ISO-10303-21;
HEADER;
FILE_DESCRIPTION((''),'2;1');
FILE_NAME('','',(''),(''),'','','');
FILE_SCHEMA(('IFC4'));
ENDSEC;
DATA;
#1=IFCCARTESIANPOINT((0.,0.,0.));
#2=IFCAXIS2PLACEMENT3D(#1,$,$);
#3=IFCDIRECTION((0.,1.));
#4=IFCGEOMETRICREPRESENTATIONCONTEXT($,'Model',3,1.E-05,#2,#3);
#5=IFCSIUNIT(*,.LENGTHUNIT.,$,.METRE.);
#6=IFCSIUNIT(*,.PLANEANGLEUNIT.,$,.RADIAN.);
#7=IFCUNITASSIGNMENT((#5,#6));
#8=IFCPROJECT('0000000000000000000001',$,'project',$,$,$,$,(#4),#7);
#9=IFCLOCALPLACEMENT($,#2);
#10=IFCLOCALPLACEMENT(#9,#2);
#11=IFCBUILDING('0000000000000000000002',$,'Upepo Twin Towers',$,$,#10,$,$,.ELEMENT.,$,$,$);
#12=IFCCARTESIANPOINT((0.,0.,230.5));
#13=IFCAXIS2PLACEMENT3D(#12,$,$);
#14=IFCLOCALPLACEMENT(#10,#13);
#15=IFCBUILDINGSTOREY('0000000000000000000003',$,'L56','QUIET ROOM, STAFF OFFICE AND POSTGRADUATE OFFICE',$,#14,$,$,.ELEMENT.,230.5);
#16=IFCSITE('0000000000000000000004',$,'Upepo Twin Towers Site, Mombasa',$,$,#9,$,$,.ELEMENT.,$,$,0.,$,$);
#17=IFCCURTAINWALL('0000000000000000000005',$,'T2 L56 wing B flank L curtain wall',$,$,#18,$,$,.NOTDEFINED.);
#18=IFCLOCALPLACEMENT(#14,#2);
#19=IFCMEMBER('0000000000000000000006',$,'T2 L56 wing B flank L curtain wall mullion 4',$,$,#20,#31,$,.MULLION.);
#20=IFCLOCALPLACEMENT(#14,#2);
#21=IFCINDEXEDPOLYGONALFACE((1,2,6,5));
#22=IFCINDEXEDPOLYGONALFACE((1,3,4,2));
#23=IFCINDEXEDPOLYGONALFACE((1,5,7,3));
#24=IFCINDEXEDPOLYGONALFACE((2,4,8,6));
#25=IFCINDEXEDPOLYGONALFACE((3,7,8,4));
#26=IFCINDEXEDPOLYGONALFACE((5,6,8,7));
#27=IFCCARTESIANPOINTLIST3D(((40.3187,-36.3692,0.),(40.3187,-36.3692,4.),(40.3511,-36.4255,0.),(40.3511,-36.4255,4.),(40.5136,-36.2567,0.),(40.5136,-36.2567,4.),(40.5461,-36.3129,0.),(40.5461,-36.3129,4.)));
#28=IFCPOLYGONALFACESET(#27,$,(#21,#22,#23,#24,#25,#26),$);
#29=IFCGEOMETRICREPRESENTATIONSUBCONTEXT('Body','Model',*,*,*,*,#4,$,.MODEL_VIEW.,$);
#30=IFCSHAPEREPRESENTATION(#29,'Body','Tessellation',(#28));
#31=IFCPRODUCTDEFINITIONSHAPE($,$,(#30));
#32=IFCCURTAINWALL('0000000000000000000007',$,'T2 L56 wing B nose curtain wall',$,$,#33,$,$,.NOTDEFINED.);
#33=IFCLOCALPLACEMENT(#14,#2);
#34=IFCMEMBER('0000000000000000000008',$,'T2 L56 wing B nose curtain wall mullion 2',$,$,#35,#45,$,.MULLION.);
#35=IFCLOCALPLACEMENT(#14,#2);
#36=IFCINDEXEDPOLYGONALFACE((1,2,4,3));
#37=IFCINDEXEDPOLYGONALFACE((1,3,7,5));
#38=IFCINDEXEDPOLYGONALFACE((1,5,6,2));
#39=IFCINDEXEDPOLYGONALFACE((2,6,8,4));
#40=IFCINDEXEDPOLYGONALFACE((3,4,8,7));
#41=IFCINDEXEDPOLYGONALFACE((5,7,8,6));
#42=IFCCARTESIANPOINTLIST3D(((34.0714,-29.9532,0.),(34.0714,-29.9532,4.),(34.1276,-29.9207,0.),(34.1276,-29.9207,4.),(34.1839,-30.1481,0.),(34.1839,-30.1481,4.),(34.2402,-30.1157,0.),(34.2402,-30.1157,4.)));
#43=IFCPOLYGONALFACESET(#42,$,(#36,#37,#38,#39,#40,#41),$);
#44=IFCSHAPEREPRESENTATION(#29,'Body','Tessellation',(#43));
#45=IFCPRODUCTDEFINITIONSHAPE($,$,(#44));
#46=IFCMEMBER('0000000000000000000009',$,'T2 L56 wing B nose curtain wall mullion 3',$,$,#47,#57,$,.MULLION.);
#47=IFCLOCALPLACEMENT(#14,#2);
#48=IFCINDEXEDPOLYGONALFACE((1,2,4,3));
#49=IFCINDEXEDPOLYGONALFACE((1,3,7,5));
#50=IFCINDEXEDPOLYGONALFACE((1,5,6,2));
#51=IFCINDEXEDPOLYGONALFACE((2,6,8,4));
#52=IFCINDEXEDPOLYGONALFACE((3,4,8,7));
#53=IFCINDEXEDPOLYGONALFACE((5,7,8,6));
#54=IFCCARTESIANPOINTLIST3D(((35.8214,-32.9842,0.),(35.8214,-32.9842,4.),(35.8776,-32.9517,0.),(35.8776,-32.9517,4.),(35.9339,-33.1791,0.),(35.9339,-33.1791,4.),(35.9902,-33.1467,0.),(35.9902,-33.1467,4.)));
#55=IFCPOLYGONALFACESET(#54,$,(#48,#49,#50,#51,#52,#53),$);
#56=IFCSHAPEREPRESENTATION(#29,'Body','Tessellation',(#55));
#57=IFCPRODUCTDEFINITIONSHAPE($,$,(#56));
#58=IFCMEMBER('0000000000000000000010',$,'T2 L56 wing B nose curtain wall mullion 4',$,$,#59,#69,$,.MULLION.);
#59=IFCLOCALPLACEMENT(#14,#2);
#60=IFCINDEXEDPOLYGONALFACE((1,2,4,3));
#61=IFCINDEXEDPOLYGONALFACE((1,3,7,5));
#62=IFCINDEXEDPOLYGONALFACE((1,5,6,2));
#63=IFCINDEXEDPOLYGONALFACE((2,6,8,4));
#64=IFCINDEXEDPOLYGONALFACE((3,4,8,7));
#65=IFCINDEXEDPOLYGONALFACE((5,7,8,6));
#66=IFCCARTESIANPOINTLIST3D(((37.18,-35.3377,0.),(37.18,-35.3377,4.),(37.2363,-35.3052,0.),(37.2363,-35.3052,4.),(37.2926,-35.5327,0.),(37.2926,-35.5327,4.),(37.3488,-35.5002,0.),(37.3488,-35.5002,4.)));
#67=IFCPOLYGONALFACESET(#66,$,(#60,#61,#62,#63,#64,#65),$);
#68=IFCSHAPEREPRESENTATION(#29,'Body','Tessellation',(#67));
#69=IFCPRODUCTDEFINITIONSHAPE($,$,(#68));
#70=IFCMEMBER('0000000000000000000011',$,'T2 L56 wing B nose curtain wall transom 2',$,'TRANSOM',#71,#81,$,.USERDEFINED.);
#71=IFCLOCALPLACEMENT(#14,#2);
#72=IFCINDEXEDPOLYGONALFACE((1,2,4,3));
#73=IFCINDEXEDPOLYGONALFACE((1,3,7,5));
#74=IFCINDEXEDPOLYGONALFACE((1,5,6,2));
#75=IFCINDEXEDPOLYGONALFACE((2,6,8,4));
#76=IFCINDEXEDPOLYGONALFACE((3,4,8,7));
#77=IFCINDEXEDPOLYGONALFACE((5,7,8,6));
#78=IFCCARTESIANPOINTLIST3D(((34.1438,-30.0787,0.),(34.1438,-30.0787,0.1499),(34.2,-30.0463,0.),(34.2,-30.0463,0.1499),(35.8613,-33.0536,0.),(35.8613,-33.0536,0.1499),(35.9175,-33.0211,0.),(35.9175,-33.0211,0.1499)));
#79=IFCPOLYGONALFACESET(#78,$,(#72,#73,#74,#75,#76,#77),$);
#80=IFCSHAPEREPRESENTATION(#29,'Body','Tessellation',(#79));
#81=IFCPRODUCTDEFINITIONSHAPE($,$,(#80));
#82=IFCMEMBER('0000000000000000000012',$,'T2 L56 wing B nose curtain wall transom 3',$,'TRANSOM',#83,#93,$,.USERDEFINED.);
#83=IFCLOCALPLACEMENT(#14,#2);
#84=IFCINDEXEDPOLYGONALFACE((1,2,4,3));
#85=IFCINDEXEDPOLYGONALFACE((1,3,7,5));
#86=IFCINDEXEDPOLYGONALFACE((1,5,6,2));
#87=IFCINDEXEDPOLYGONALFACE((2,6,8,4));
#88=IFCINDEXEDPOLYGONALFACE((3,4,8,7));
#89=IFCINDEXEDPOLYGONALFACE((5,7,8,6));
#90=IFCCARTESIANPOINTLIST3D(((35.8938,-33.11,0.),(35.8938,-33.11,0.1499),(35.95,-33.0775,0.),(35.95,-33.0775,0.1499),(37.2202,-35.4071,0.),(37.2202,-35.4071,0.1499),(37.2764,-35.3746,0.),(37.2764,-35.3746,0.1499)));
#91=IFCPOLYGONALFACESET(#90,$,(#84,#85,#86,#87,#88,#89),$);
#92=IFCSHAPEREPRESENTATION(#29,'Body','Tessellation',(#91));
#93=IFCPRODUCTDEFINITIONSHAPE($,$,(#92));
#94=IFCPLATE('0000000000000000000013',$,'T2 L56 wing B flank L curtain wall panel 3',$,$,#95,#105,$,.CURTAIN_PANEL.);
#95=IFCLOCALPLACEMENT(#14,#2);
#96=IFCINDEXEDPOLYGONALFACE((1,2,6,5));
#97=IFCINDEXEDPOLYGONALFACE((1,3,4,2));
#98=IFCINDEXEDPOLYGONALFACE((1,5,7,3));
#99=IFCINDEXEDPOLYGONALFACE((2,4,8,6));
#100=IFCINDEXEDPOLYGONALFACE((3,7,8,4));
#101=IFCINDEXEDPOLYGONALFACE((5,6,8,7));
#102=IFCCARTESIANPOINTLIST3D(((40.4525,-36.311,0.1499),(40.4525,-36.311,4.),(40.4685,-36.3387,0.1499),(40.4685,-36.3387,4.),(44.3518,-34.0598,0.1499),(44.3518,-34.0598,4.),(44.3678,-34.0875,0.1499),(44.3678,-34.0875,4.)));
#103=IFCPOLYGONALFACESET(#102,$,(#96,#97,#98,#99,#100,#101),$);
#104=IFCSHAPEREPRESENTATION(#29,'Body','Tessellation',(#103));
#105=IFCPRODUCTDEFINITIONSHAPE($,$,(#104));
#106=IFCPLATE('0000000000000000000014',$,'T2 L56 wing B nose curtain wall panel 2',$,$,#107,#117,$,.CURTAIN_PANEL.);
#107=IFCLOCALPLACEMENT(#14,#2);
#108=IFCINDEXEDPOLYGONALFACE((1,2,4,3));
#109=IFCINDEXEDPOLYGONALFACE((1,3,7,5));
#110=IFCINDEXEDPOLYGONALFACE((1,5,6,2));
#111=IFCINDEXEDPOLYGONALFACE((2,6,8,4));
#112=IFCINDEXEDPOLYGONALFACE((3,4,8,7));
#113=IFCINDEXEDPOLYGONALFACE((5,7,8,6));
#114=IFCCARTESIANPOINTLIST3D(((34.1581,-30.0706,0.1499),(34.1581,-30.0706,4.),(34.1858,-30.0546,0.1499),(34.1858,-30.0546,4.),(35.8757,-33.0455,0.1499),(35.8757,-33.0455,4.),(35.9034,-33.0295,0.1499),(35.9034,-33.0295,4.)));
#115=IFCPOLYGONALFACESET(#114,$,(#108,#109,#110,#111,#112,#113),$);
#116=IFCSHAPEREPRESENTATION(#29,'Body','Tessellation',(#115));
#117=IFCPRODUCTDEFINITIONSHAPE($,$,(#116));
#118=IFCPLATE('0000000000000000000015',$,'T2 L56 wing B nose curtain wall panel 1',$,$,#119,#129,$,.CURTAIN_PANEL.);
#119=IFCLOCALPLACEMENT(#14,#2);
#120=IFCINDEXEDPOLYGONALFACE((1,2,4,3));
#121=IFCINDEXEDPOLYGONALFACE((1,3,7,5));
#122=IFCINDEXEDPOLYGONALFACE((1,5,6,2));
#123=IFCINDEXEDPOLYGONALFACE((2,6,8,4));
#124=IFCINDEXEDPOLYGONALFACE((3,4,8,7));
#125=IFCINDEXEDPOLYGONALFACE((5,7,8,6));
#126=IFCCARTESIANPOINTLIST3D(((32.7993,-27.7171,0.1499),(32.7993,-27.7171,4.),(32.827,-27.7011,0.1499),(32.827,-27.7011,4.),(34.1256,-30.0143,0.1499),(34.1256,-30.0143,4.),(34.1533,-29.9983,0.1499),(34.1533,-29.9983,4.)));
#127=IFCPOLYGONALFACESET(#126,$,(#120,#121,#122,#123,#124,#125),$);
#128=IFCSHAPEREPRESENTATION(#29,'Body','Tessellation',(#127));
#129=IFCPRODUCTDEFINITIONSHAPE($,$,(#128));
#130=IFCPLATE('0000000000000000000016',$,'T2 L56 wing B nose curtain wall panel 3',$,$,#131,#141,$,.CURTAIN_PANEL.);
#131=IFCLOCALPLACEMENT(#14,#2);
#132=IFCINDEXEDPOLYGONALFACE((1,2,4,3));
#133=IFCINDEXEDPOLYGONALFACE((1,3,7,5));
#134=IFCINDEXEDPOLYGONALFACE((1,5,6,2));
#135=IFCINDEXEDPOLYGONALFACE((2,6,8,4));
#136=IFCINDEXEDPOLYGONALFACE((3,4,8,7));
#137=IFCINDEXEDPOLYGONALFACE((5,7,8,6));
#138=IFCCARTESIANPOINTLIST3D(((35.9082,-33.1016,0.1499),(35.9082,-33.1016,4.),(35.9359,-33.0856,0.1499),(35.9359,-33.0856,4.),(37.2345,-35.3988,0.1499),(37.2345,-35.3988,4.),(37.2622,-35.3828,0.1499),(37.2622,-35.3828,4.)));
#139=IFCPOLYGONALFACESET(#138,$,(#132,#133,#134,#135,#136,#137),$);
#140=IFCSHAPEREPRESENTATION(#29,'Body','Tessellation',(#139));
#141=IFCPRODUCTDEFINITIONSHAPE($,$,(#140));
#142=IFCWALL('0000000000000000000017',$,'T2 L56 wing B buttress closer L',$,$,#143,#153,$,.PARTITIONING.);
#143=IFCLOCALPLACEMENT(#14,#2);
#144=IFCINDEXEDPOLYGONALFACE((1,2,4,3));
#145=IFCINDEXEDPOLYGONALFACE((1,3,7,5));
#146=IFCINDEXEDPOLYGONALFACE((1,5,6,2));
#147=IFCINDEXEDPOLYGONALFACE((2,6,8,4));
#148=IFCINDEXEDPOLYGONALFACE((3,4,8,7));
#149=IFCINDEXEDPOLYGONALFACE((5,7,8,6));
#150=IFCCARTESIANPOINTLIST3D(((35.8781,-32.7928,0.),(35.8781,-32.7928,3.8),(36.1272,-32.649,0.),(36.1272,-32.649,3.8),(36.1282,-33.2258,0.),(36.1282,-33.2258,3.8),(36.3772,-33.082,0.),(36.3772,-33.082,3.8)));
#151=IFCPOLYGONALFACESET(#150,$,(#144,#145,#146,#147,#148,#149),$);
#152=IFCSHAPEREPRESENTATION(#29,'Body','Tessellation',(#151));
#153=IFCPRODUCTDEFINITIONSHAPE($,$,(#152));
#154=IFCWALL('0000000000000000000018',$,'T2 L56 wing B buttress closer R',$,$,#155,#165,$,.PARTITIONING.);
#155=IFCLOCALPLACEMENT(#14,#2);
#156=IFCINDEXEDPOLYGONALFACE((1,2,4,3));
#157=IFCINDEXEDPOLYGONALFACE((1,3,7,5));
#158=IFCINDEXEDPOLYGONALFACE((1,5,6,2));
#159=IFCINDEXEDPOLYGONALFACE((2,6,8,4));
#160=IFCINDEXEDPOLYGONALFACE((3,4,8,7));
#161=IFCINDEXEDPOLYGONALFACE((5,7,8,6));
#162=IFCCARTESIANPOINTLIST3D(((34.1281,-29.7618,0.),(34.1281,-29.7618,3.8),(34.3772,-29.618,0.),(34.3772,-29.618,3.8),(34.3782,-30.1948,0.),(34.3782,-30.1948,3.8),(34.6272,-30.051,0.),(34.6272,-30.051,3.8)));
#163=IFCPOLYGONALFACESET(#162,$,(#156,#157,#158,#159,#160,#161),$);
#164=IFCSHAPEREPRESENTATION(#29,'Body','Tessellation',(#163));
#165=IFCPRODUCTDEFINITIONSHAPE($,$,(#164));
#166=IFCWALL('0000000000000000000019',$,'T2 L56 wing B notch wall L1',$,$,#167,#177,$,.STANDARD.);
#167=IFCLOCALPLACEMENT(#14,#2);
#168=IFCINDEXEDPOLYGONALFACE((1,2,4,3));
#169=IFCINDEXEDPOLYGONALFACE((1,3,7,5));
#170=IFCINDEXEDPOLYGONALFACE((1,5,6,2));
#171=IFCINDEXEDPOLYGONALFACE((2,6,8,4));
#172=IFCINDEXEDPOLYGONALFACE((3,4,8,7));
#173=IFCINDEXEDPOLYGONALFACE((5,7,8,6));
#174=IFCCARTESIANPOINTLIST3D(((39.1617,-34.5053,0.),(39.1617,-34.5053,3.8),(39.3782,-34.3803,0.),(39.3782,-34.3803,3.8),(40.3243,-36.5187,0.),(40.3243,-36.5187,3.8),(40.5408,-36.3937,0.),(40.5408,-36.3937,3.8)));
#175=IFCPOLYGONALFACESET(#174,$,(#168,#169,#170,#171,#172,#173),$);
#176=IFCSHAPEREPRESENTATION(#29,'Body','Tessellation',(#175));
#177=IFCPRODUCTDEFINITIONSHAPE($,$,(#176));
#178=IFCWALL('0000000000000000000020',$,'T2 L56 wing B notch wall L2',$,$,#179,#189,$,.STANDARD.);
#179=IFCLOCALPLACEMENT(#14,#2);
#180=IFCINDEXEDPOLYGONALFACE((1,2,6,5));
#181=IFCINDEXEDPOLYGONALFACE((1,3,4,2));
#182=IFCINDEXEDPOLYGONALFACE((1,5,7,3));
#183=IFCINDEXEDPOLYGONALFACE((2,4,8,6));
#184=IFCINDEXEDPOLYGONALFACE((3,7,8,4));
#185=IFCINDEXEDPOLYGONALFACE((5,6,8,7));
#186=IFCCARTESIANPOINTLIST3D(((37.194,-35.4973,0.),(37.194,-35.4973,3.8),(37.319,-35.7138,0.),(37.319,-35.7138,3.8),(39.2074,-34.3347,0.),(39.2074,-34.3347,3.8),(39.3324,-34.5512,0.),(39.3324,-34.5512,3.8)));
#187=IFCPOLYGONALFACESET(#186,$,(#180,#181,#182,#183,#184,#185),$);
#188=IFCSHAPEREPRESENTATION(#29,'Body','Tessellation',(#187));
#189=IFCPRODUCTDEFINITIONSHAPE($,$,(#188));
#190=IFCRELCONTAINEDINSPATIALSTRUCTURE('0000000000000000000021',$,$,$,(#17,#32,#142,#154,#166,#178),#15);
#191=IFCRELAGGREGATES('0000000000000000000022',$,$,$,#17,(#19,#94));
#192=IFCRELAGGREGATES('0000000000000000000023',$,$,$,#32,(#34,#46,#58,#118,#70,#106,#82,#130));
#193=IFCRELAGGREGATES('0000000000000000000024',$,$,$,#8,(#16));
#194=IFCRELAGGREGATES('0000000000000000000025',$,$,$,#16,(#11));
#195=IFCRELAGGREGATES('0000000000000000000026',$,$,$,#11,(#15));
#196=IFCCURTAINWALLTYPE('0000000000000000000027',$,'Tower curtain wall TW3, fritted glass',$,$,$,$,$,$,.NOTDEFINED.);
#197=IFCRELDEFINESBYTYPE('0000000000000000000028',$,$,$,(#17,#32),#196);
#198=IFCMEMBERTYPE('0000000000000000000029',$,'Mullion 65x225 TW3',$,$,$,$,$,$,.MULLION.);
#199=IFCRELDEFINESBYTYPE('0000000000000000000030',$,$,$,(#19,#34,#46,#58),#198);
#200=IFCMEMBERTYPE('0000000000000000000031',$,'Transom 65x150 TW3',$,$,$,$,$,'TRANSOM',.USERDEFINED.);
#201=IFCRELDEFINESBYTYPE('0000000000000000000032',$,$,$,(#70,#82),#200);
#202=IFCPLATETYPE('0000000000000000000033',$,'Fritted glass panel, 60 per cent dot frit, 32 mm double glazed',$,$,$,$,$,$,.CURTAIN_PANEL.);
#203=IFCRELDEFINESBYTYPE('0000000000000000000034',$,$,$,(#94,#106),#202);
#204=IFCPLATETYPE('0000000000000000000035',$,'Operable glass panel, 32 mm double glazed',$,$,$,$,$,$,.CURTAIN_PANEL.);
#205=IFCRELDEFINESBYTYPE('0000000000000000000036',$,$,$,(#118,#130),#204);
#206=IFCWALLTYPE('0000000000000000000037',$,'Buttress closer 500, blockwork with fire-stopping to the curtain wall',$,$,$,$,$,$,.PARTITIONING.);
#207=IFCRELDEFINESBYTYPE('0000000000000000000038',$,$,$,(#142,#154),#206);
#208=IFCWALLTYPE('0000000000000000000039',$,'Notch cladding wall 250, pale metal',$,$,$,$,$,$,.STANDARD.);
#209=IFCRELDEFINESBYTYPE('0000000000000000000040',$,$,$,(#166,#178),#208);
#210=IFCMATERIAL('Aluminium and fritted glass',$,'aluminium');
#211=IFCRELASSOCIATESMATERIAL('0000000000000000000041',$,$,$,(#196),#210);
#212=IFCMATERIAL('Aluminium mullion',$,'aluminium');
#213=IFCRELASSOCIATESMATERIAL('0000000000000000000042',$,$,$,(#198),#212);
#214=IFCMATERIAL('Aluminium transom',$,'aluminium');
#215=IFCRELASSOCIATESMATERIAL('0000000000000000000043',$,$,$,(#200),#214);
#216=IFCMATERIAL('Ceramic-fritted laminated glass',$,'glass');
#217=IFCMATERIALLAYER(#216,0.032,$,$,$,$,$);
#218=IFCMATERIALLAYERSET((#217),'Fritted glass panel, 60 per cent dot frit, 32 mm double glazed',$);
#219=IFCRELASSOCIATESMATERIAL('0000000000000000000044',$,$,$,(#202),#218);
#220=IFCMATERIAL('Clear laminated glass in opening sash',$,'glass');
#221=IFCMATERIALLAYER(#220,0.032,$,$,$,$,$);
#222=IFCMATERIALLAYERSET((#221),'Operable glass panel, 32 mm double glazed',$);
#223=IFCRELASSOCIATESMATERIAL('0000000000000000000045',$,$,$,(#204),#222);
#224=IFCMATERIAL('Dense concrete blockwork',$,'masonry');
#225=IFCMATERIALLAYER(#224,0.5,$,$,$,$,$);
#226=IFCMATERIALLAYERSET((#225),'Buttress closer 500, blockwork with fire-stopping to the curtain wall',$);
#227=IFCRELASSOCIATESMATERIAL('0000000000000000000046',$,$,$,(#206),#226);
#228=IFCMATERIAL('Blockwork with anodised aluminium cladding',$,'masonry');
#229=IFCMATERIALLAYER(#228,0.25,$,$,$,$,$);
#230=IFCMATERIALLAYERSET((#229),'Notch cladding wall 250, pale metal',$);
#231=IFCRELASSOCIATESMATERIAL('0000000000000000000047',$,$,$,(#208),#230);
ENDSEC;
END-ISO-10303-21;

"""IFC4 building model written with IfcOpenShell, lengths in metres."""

from ifc_helpers import new_model, si_unit, direction, frame, frame_2d, origin, origin_2d, place, context, subcontext, project, spatial, rectangle, extrude, material, layer, layer_set, material_profile, profile_set, type_object, element, aggregate, save


model = new_model("IFC4")

# Units and contexts
model_context = context("Model", 3, precision=1e-05, world=origin(), true_north=direction((0.0, 1.0)))
body_context = subcontext(model_context, "Body", "Model", "MODEL_VIEW")
ifc_project = project(units=[si_unit("LENGTHUNIT", "METRE"), si_unit("PLANEANGLEUNIT", "RADIAN")], contexts=[model_context])

# Site, building, storey
site_placement = place(None, origin())
site = spatial("IfcSite", under=ifc_project, at=site_placement, Name="Upepo Twin Towers Site, Mombasa", CompositionType="ELEMENT", RefElevation=0.0)
building_placement = place(site_placement, origin())
building = spatial("IfcBuilding", under=site, at=building_placement, Name="Upepo Twin Towers", CompositionType="ELEMENT")
storey_placement = place(building_placement, frame((0.0, 0.0, 230.5)))
storey = spatial("IfcBuildingStorey", under=building, at=storey_placement, Name="L56", Description="QUIET ROOM, STAFF OFFICE AND POSTGRADUATE OFFICE", CompositionType="ELEMENT", Elevation=230.5)

# Curtain wall, member
ifc_material_1 = material(Name="Aluminium and fritted glass", Category="aluminium")
curtain_wall_type = type_object("IfcCurtainWallType", Name="Tower curtain wall TW3, fritted glass", PredefinedType="NOTDEFINED", material=ifc_material_1)
curtain_wall_1_placement = place(storey_placement, origin())
curtain_wall_1 = element("IfcCurtainWall", 1, at=curtain_wall_1_placement, inside=storey, type_object=curtain_wall_type, Name="T2 L56 wing B flank L curtain wall", PredefinedType="NOTDEFINED")
ifc_material_2 = material(Name="Aluminium mullion", Category="aluminium")
ifc_material_profile_1 = material_profile(ifc_material_2, rectangle(XDim=0.0649, YDim=0.2251, at=origin_2d()), Name="MULLION 65x225")
ifc_profile_set_1 = profile_set([ifc_material_profile_1], Name="Aluminium mullion")
member_type_1 = type_object("IfcMemberType", Name="Mullion 65x225 TW3", PredefinedType="MULLION", material=ifc_profile_set_1)
member_1_placement = place(storey_placement, frame((40.4324, -36.3411, 0.0), z_axis=(0.0, 0.0, 1.0), x_axis=(0.5, -0.866025, 0.0)))
member_1 = element("IfcMember", 2, at=member_1_placement, type_object=member_type_1, Name="T2 L56 wing B flank L curtain wall mullion 4", PredefinedType="MULLION", context=body_context, shape_type="SweptSolid", body=[
    extrude(rectangle(XDim=0.0649, YDim=0.2251, at=origin_2d()), origin(), (0.0, 0.0, 1.0), 4.0),
])

# Curtain wall, members
curtain_wall_2_placement = place(storey_placement, origin())
curtain_wall_2 = element("IfcCurtainWall", 3, at=curtain_wall_2_placement, inside=storey, type_object=curtain_wall_type, Name="T2 L56 wing B nose curtain wall", PredefinedType="NOTDEFINED")
member_2_placement = place(storey_placement, frame((34.1558, -30.0344, 0.0), z_axis=(0.0, 0.0, 1.0), x_axis=(0.866025, 0.5, 0.0)))
member_2 = element("IfcMember", 4, at=member_2_placement, type_object=member_type_1, Name="T2 L56 wing B nose curtain wall mullion 2", PredefinedType="MULLION", context=body_context, shape_type="SweptSolid", body=[
    extrude(rectangle(XDim=0.0649, YDim=0.2251, at=origin_2d()), origin(), (0.0, 0.0, 1.0), 4.0),
])
member_3_placement = place(storey_placement, frame((35.9058, -33.0654, 0.0), z_axis=(0.0, 0.0, 1.0), x_axis=(0.866025, 0.5, 0.0)))
member_3 = element("IfcMember", 5, at=member_3_placement, type_object=member_type_1, Name="T2 L56 wing B nose curtain wall mullion 3", PredefinedType="MULLION", context=body_context, shape_type="SweptSolid", body=[
    extrude(rectangle(XDim=0.0649, YDim=0.2251, at=origin_2d()), origin(), (0.0, 0.0, 1.0), 4.0),
])
member_4_placement = place(storey_placement, frame((37.2644, -35.4189, 0.0), z_axis=(0.0, 0.0, 1.0), x_axis=(0.866025, 0.5, 0.0)))
member_4 = element("IfcMember", 6, at=member_4_placement, type_object=member_type_1, Name="T2 L56 wing B nose curtain wall mullion 4", PredefinedType="MULLION", context=body_context, shape_type="SweptSolid", body=[
    extrude(rectangle(XDim=0.0649, YDim=0.2251, at=origin_2d()), origin(), (0.0, 0.0, 1.0), 4.0),
])
ifc_material_3 = material(Name="Aluminium transom", Category="aluminium")
ifc_material_profile_2 = material_profile(ifc_material_3, rectangle(XDim=0.0649, YDim=0.1499, at=origin_2d()), Name="TRANSOM 65x150")
ifc_profile_set_2 = profile_set([ifc_material_profile_2], Name="Aluminium transom")
member_type_2 = type_object("IfcMemberType", Name="Transom 65x150 TW3", ElementType="TRANSOM", PredefinedType="USERDEFINED", material=ifc_profile_set_2)
member_5_placement = place(storey_placement, frame((34.1719, -30.0625, 0.075), z_axis=(0.499999, -0.866026, 0.0), x_axis=(0.866026, 0.499999, 0.0)))
member_5 = element("IfcMember", 7, at=member_5_placement, type_object=member_type_2, Name="T2 L56 wing B nose curtain wall transom 2", ObjectType="TRANSOM", PredefinedType="USERDEFINED", context=body_context, shape_type="SweptSolid", body=[
    extrude(rectangle(XDim=0.0649, YDim=0.1499, at=origin_2d()), origin(), (0.0, 0.0, 1.0), 3.4351),
])
member_6_placement = place(storey_placement, frame((35.9219, -33.0938, 0.075), z_axis=(0.500049, -0.865997, 0.0), x_axis=(0.865997, 0.500049, 0.0)))
member_6 = element("IfcMember", 8, at=member_6_placement, type_object=member_type_2, Name="T2 L56 wing B nose curtain wall transom 3", ObjectType="TRANSOM", PredefinedType="USERDEFINED", context=body_context, shape_type="SweptSolid", body=[
    extrude(rectangle(XDim=0.0649, YDim=0.1499, at=origin_2d()), origin(), (0.0, 0.0, 1.0), 2.6526),
])

# Plates
ifc_material_4 = material(Name="Ceramic-fritted laminated glass", Category="glass")
ifc_layer_1 = layer(ifc_material_4, 0.032)
ifc_layer_set_1 = layer_set([ifc_layer_1], Name="Fritted glass panel, 60 per cent dot frit, 32 mm double glazed")
plate_type_1 = type_object("IfcPlateType", Name="Fritted glass panel, 60 per cent dot frit, 32 mm double glazed", PredefinedType="CURTAIN_PANEL", material=ifc_layer_set_1)
plate_1_placement = place(storey_placement, frame((42.4102, -35.1992, 0.1499), z_axis=(0.0, 0.0, 1.0), x_axis=(-0.866025, -0.5, 0.0)))
plate_1 = element("IfcPlate", 9, at=plate_1_placement, type_object=plate_type_1, Name="T2 L56 wing B flank L curtain wall panel 3", PredefinedType="CURTAIN_PANEL", context=body_context, shape_type="SweptSolid", body=[
    extrude(rectangle(XDim=4.5024, YDim=0.032, at=origin_2d()), origin(), (0.0, 0.0, 1.0), 3.8501),
])
aggregate(curtain_wall_1, [member_1, plate_1])
plate_2_placement = place(storey_placement, frame((35.0308, -31.55, 0.1499), z_axis=(0.0, 0.0, 1.0), x_axis=(0.5, -0.866025, 0.0)))
plate_2 = element("IfcPlate", 10, at=plate_2_placement, type_object=plate_type_1, Name="T2 L56 wing B nose curtain wall panel 2", PredefinedType="CURTAIN_PANEL", context=body_context, shape_type="SweptSolid", body=[
    extrude(rectangle(XDim=3.4351, YDim=0.032, at=origin_2d()), origin(), (0.0, 0.0, 1.0), 3.8501),
])
ifc_material_5 = material(Name="Clear laminated glass in opening sash", Category="glass")
ifc_layer_2 = layer(ifc_material_5, 0.032)
ifc_layer_set_2 = layer_set([ifc_layer_2], Name="Operable glass panel, 32 mm double glazed")
plate_type_2 = type_object("IfcPlateType", Name="Operable glass panel, 32 mm double glazed", PredefinedType="CURTAIN_PANEL", material=ifc_layer_set_2)
plate_3_placement = place(storey_placement, frame((33.4763, -28.8577, 0.1499), z_axis=(0.0, 0.0, 1.0), x_axis=(0.5, -0.866025, 0.0)))
plate_3 = element("IfcPlate", 11, at=plate_3_placement, type_object=plate_type_2, Name="T2 L56 wing B nose curtain wall panel 1", PredefinedType="CURTAIN_PANEL", context=body_context, shape_type="SweptSolid", body=[
    extrude(rectangle(XDim=2.6526, YDim=0.032, at=origin_2d()), origin(), (0.0, 0.0, 1.0), 3.8501),
])
plate_4_placement = place(storey_placement, frame((36.5852, -34.2422, 0.1499), z_axis=(0.0, 0.0, 1.0), x_axis=(0.5, -0.866025, 0.0)))
plate_4 = element("IfcPlate", 12, at=plate_4_placement, type_object=plate_type_2, Name="T2 L56 wing B nose curtain wall panel 3", PredefinedType="CURTAIN_PANEL", context=body_context, shape_type="SweptSolid", body=[
    extrude(rectangle(XDim=2.6526, YDim=0.032, at=origin_2d()), origin(), (0.0, 0.0, 1.0), 3.8501),
])
aggregate(curtain_wall_2, [member_2, member_3, member_4, plate_3, member_5, plate_2, member_6, plate_4])

# Walls
ifc_material_6 = material(Name="Dense concrete blockwork", Category="masonry")
ifc_layer_3 = layer(ifc_material_6, 0.5)
ifc_layer_set_3 = layer_set([ifc_layer_3], Name="Buttress closer 500, blockwork with fire-stopping to the curtain wall")
wall_type_1 = type_object("IfcWallType", Name="Buttress closer 500, blockwork with fire-stopping to the curtain wall", PredefinedType="PARTITIONING", material=ifc_layer_set_3)
for number, where, z_axis, x_axis, name in (
    (13, (36.2522, -32.8655, 0.0), (0.0, 0.0, 1.0), (-0.865988, -0.500065, 0.0), "T2 L56 wing B buttress closer L"),
    (14, (34.5022, -29.8345, 0.0), (0.0, 0.0, 1.0), (-0.865988, -0.500065, 0.0), "T2 L56 wing B buttress closer R"),
):
    element("IfcWall", number, at=place(storey_placement, frame(where, z_axis=z_axis, x_axis=x_axis)), inside=storey, type_object=wall_type_1, Name=name, PredefinedType="PARTITIONING", context=body_context, shape_type="SweptSolid", body=[
        extrude(rectangle(XDim=0.2876, YDim=0.5, at=frame_2d((0.1438, 0.0))), origin(), (0.0, 0.0, 1.0), 3.8),
    ])
ifc_material_7 = material(Name="Blockwork with anodised aluminium cladding", Category="masonry")
ifc_layer_4 = layer(ifc_material_7, 0.25)
ifc_layer_set_4 = layer_set([ifc_layer_4], Name="Notch cladding wall 250, pale metal")
wall_type_2 = type_object("IfcWallType", Name="Notch cladding wall 250, pale metal", PredefinedType="STANDARD", material=ifc_layer_set_4)
for number, where, z_axis, x_axis, name in (
    (15, (40.4326, -36.4563, 0.0), (0.0, 0.0, 1.0), (-0.500047, 0.865998, 0.0), "T2 L56 wing B notch wall L1"),
    (16, (39.27, -34.4429, 0.0), (0.0, 0.0, 1.0), (-0.865998, -0.500047, 0.0), "T2 L56 wing B notch wall L2"),
):
    element("IfcWall", number, at=place(storey_placement, frame(where, z_axis=z_axis, x_axis=x_axis)), inside=storey, type_object=wall_type_2, Name=name, PredefinedType="STANDARD", context=body_context, shape_type="SweptSolid", body=[
        extrude(rectangle(XDim=2.325, YDim=0.25, at=frame_2d((1.1626, 0.0))), origin(), (0.0, 0.0, 1.0), 3.8),
    ])

save(model, "model.ifc")
